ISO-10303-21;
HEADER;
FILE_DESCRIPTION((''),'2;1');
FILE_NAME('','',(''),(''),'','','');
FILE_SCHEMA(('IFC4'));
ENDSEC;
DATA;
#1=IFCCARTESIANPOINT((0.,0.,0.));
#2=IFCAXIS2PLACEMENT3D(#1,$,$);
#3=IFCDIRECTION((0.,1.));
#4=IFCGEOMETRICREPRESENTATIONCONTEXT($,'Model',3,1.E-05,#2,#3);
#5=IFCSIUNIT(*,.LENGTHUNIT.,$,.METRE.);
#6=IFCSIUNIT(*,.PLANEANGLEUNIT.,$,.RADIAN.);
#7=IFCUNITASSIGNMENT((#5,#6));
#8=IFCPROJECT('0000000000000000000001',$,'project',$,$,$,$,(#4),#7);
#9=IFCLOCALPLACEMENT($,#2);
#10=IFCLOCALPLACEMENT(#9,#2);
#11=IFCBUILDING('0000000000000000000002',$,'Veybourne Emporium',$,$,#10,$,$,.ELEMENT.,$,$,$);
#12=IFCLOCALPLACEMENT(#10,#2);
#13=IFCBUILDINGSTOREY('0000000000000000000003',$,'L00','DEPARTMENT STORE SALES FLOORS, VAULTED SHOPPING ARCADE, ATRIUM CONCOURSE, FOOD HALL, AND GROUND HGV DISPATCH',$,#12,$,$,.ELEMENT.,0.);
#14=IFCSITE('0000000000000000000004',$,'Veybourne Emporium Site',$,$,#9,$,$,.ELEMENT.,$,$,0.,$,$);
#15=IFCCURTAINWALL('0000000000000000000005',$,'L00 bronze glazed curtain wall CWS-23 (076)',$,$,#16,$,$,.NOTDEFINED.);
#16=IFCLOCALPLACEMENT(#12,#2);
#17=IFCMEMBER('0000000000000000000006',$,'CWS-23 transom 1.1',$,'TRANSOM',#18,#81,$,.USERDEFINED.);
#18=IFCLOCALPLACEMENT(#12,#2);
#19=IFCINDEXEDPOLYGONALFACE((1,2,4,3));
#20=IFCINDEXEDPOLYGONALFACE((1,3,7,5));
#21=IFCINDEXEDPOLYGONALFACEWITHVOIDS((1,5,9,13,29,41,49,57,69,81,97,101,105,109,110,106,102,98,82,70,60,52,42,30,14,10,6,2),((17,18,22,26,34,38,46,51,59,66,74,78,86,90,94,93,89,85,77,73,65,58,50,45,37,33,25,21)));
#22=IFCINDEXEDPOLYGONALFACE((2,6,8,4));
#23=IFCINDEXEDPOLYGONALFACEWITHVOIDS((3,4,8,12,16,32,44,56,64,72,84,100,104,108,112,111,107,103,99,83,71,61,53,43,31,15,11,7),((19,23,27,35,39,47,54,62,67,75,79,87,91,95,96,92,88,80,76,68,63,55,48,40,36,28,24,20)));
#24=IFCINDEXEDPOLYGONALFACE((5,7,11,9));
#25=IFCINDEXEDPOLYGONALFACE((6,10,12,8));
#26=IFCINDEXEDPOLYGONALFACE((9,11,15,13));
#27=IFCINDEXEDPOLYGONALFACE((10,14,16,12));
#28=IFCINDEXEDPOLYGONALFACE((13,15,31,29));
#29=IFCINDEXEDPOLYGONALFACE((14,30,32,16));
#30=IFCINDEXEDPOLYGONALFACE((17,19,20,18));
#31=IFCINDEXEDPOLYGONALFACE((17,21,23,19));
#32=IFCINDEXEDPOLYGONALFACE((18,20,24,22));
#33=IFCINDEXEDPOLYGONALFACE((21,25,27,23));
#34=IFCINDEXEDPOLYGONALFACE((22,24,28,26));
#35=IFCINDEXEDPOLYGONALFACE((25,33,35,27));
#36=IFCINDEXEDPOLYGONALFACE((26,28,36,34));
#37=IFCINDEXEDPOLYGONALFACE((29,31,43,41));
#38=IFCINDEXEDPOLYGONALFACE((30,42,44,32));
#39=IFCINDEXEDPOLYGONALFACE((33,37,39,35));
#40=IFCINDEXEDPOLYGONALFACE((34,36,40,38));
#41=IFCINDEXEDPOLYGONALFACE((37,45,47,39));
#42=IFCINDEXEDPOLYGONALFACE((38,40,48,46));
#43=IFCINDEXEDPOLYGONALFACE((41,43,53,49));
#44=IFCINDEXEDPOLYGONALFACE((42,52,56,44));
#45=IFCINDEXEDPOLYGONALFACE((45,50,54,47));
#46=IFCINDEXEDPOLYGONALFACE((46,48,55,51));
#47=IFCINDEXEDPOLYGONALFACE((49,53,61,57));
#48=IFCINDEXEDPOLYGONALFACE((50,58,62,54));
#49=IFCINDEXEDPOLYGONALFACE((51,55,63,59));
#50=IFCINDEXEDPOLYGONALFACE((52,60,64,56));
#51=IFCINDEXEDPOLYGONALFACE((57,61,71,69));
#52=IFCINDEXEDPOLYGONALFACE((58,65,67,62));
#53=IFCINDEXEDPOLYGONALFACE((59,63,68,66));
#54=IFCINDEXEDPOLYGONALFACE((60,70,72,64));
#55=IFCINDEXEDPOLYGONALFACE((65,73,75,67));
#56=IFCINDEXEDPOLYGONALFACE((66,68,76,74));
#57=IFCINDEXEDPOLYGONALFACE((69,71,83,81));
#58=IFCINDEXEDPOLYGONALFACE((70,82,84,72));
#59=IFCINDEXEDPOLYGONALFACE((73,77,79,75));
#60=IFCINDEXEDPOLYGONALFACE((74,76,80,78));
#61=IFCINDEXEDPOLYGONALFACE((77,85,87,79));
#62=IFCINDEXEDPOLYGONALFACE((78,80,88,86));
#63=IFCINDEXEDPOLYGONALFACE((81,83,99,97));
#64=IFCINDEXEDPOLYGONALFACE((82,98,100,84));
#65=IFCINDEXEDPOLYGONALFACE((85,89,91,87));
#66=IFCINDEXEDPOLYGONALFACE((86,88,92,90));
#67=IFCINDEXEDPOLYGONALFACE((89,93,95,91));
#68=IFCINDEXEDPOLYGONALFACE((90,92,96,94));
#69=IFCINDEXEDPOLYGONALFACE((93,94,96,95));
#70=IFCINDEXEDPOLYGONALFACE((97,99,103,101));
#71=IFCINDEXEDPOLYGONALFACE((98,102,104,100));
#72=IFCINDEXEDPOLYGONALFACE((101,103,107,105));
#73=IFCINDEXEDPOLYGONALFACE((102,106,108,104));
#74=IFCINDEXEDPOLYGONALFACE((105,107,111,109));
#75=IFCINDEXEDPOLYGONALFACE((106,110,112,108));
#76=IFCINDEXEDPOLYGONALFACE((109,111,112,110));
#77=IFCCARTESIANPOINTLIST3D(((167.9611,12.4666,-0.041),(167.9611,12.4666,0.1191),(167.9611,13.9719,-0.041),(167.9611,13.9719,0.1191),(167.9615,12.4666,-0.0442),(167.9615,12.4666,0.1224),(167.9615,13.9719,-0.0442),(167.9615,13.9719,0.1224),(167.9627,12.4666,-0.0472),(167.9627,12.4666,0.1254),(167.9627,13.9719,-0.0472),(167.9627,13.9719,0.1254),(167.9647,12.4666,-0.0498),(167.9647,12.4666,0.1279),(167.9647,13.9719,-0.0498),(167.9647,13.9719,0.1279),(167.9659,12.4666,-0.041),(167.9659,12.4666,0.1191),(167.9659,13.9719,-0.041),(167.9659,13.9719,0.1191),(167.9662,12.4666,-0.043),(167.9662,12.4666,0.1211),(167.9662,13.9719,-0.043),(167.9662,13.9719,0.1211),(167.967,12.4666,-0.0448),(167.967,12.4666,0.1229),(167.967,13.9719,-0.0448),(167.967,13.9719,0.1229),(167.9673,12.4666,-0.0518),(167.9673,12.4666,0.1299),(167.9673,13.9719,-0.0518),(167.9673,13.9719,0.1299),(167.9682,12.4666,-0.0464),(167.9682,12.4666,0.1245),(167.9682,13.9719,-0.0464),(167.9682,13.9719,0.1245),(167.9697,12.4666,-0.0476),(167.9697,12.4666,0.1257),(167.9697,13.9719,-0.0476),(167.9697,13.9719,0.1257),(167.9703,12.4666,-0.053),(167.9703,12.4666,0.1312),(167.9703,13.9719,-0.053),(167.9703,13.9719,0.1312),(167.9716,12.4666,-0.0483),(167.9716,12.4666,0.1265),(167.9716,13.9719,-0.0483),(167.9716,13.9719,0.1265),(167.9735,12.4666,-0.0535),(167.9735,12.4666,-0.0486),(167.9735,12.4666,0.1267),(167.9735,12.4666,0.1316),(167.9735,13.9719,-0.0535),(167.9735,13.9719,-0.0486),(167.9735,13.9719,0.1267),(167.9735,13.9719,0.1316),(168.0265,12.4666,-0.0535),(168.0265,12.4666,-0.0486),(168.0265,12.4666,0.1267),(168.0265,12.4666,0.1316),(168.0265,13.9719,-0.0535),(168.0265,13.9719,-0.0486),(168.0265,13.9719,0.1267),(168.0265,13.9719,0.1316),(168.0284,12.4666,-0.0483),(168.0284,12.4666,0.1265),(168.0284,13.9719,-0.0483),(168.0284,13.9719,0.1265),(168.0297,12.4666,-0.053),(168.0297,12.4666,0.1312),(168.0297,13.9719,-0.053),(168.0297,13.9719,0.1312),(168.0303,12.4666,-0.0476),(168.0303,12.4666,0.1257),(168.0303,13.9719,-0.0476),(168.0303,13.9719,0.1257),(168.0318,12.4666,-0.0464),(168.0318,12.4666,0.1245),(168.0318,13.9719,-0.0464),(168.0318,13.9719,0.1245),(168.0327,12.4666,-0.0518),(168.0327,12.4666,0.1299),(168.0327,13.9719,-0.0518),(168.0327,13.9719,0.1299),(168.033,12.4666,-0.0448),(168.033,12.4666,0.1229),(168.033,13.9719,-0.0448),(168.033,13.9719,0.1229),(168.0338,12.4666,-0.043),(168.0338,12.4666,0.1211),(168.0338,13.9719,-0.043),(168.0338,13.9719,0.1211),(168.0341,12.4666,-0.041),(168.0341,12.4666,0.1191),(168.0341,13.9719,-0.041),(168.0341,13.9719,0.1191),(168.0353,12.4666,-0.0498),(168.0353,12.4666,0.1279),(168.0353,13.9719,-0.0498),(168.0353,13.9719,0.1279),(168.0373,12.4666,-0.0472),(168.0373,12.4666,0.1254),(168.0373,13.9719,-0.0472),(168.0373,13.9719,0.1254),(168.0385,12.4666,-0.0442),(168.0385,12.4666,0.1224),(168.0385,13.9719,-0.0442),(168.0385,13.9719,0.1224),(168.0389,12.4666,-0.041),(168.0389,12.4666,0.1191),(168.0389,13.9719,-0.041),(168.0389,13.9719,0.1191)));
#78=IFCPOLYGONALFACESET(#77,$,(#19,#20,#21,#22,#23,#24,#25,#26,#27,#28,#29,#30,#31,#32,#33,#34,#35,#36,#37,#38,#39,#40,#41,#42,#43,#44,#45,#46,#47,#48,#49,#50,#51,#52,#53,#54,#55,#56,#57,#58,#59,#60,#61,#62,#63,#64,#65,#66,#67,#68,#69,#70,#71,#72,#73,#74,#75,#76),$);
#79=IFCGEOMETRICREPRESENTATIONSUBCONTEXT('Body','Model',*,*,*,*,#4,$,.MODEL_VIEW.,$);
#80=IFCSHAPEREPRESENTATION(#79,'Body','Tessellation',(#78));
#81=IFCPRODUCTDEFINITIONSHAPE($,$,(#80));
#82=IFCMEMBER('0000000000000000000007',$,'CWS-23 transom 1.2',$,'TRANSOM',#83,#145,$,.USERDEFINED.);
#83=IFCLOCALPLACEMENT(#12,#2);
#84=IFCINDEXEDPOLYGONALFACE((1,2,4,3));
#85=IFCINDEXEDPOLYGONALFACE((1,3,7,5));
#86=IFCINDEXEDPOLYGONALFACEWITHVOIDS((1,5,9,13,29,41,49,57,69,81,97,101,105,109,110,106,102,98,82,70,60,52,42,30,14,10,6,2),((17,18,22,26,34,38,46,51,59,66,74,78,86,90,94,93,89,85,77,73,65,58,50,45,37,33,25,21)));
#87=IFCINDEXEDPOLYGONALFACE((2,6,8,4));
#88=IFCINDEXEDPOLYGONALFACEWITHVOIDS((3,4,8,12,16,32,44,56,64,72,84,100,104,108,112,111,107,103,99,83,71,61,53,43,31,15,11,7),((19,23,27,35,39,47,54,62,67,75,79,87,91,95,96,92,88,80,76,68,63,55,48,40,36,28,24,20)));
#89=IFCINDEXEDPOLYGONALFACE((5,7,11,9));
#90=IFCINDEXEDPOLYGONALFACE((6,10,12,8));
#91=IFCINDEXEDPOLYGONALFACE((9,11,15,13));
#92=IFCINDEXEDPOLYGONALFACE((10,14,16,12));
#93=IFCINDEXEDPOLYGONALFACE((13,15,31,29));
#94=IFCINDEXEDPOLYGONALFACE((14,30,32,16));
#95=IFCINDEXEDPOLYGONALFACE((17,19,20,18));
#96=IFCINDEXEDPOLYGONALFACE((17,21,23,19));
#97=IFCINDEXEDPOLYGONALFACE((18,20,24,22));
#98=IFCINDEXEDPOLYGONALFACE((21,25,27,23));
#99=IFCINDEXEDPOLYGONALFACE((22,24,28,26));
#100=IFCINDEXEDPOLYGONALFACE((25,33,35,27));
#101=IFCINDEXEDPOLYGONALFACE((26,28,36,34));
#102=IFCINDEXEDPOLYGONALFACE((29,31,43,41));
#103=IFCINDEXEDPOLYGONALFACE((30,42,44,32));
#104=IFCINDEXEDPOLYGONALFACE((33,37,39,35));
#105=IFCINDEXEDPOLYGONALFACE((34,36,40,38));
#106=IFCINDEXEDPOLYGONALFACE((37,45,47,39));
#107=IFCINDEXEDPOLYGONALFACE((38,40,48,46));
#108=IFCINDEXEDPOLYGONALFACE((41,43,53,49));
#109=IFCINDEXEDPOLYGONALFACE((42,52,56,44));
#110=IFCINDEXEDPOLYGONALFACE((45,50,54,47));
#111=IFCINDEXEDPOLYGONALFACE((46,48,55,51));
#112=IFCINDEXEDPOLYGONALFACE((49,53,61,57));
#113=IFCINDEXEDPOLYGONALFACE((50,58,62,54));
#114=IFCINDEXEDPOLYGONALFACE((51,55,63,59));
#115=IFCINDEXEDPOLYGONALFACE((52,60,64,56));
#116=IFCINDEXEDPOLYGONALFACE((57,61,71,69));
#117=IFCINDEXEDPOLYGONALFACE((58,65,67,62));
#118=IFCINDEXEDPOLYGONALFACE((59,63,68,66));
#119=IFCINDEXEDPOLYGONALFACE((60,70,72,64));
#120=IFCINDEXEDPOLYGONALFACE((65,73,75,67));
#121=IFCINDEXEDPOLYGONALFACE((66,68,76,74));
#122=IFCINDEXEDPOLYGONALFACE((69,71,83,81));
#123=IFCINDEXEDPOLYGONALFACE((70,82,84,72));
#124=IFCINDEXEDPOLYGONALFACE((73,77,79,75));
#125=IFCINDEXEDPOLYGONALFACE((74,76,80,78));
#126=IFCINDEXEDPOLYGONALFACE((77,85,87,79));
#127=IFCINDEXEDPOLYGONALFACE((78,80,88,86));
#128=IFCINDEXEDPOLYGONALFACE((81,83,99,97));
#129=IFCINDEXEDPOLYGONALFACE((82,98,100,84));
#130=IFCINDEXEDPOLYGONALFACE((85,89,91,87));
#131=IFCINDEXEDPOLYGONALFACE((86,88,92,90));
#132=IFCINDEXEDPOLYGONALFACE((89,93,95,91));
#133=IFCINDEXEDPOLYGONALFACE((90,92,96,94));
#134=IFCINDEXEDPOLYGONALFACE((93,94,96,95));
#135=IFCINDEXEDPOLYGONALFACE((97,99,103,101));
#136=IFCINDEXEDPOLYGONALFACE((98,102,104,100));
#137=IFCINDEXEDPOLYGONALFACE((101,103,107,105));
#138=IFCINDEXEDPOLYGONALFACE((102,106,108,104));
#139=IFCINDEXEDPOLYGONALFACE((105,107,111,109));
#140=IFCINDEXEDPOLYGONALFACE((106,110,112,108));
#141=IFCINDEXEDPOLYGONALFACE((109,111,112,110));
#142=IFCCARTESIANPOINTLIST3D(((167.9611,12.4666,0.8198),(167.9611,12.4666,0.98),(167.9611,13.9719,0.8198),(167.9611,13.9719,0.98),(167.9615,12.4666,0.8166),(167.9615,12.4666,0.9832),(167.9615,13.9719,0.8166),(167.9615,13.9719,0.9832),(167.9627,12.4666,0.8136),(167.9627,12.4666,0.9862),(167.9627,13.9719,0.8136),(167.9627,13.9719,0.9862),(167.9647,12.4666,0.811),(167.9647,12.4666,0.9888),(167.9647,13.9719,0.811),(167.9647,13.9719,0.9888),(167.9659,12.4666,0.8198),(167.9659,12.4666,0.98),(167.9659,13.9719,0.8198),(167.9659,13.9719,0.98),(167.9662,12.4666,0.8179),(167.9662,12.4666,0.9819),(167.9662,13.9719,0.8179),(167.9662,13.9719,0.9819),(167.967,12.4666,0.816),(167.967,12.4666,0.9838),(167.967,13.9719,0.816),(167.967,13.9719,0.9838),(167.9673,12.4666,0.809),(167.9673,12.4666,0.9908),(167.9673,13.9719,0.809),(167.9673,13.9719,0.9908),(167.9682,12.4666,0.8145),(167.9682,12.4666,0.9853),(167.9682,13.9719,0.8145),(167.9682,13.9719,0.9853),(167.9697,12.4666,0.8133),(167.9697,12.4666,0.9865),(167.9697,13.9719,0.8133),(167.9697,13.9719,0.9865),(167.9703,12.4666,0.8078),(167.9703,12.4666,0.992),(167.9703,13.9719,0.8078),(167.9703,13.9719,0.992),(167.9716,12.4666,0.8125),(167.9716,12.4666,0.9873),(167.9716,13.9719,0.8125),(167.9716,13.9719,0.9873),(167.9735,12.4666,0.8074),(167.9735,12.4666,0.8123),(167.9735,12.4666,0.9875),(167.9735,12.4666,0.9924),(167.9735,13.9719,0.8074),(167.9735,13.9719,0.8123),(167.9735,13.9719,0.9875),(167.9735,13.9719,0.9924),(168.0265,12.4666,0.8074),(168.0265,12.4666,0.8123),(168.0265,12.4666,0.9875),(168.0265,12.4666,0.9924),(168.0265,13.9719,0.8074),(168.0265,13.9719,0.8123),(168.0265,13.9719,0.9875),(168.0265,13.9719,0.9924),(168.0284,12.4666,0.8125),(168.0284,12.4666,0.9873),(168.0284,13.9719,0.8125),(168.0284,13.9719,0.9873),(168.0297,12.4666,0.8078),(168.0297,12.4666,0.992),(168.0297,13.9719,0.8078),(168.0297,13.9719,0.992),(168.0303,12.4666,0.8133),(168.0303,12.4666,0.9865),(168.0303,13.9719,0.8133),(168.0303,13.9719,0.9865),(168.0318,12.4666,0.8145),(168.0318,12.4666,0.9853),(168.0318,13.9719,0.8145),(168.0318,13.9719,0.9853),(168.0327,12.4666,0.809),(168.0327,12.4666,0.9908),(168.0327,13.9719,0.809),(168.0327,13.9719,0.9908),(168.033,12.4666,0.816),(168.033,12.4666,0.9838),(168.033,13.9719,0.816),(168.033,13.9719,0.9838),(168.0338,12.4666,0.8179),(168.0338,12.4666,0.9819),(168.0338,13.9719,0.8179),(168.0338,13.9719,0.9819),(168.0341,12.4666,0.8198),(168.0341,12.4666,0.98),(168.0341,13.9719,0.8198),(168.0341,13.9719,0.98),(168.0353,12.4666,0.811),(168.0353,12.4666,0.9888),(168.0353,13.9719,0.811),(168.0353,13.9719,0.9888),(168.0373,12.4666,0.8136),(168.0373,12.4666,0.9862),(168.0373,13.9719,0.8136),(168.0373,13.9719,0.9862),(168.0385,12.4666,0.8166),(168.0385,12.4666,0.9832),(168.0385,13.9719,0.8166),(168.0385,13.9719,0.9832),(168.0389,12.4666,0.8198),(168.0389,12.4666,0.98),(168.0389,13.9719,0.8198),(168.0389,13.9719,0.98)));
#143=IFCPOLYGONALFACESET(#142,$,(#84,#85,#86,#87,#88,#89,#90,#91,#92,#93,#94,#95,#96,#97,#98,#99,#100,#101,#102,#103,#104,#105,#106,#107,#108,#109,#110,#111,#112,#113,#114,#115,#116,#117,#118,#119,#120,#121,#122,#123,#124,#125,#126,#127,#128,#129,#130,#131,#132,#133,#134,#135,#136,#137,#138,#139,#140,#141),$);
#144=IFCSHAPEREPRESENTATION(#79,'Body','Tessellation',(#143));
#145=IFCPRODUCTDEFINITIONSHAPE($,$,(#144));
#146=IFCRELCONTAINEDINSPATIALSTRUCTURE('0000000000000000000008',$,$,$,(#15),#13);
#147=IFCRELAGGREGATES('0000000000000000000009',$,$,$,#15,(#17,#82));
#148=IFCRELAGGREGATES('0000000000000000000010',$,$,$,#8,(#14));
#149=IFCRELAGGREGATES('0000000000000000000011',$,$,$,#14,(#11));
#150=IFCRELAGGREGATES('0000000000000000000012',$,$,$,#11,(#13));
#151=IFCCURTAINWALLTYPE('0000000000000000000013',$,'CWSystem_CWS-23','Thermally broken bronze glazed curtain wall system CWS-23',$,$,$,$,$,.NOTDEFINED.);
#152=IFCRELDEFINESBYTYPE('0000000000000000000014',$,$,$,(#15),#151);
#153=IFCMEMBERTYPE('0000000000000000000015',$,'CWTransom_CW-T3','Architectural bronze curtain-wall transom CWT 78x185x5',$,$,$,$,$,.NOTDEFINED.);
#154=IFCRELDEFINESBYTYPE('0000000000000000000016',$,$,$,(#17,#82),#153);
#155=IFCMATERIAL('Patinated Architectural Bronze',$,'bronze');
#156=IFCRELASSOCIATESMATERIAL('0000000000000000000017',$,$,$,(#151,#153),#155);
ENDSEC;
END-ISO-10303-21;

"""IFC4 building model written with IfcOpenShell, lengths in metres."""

from ifc_helpers import new_model, si_unit, direction, frame, origin, origin_2d, place, context, subcontext, project, spatial, hollow_rectangle, extrude, material, material_profile, profile_set, type_object, element, aggregate, save


model = new_model("IFC4")

# Units and contexts
model_context = context("Model", 3, precision=1e-05, world=origin(), true_north=direction((0.0, 1.0)))
body_context = subcontext(model_context, "Body", "Model", "MODEL_VIEW")
ifc_project = project(units=[si_unit("LENGTHUNIT", "METRE"), si_unit("PLANEANGLEUNIT", "RADIAN")], contexts=[model_context])

# Site, building, storey
site_placement = place(None, origin())
site = spatial("IfcSite", under=ifc_project, at=site_placement, Name="Veybourne Emporium Site", CompositionType="ELEMENT", RefElevation=0.0)
building_placement = place(site_placement, origin())
building = spatial("IfcBuilding", under=site, at=building_placement, Name="Veybourne Emporium", CompositionType="ELEMENT")
storey_placement = place(building_placement, origin())
storey = spatial("IfcBuildingStorey", under=building, at=storey_placement, Name="L00", Description="DEPARTMENT STORE SALES FLOORS, VAULTED SHOPPING ARCADE, ATRIUM CONCOURSE, FOOD HALL, AND GROUND HGV DISPATCH", CompositionType="ELEMENT", Elevation=0.0)

# Curtain wall
ifc_material_1 = material(Name="Patinated Architectural Bronze", Category="bronze")
curtain_wall_type_1 = type_object("IfcCurtainWallType", Name="CWSystem_CWS-23", Description="Thermally broken bronze glazed curtain wall system CWS-23", PredefinedType="NOTDEFINED", material=ifc_material_1)
curtain_wall_1_placement = place(storey_placement, origin())
curtain_wall_1 = element("IfcCurtainWall", 1, at=curtain_wall_1_placement, inside=storey, type_object=curtain_wall_type_1, Name="L00 bronze glazed curtain wall CWS-23 (076)", PredefinedType="NOTDEFINED")

# Members
ifc_material_profile_1 = material_profile(ifc_material_1, hollow_rectangle(XDim=0.0779, YDim=0.1851, WallThickness=0.0049, InnerFilletRadius=0.0076, OuterFilletRadius=0.0125, at=origin_2d()), Name="CWT 78x185x5")
ifc_profile_set_1 = profile_set([ifc_material_profile_1], Name="Patinated Architectural Bronze")
member_type_1 = type_object("IfcMemberType", Name="CWTransom_CW-T3", Description="Architectural bronze curtain-wall transom CWT 78x185x5", PredefinedType="NOTDEFINED", material=ifc_profile_set_1)
member_1_placement = place(storey_placement, frame((168.0, 13.9719, 0.0391), z_axis=(0.0, -1.0, 0.0), x_axis=(1.0, 0.0, 0.0)))
member_1 = element("IfcMember", 2, at=member_1_placement, type_object=member_type_1, Name="CWS-23 transom 1.1", ObjectType="TRANSOM", PredefinedType="USERDEFINED", context=body_context, shape_type="SweptSolid", body=[
    extrude(hollow_rectangle(XDim=0.0779, YDim=0.1851, WallThickness=0.0049, InnerFilletRadius=0.0076, OuterFilletRadius=0.0125, at=origin_2d()), origin(), (0.0, 0.0, 1.0), 1.5054),
])
member_2_placement = place(storey_placement, frame((168.0, 13.9719, 0.8999), z_axis=(0.0, -1.0, 0.0), x_axis=(1.0, 0.0, 0.0)))
member_2 = element("IfcMember", 3, at=member_2_placement, type_object=member_type_1, Name="CWS-23 transom 1.2", ObjectType="TRANSOM", PredefinedType="USERDEFINED", context=body_context, shape_type="SweptSolid", body=[
    extrude(hollow_rectangle(XDim=0.0779, YDim=0.1851, WallThickness=0.0049, InnerFilletRadius=0.0076, OuterFilletRadius=0.0125, at=origin_2d()), origin(), (0.0, 0.0, 1.0), 1.5054),
])

aggregate(curtain_wall_1, [member_1, member_2])

save(model, "model.ifc")
